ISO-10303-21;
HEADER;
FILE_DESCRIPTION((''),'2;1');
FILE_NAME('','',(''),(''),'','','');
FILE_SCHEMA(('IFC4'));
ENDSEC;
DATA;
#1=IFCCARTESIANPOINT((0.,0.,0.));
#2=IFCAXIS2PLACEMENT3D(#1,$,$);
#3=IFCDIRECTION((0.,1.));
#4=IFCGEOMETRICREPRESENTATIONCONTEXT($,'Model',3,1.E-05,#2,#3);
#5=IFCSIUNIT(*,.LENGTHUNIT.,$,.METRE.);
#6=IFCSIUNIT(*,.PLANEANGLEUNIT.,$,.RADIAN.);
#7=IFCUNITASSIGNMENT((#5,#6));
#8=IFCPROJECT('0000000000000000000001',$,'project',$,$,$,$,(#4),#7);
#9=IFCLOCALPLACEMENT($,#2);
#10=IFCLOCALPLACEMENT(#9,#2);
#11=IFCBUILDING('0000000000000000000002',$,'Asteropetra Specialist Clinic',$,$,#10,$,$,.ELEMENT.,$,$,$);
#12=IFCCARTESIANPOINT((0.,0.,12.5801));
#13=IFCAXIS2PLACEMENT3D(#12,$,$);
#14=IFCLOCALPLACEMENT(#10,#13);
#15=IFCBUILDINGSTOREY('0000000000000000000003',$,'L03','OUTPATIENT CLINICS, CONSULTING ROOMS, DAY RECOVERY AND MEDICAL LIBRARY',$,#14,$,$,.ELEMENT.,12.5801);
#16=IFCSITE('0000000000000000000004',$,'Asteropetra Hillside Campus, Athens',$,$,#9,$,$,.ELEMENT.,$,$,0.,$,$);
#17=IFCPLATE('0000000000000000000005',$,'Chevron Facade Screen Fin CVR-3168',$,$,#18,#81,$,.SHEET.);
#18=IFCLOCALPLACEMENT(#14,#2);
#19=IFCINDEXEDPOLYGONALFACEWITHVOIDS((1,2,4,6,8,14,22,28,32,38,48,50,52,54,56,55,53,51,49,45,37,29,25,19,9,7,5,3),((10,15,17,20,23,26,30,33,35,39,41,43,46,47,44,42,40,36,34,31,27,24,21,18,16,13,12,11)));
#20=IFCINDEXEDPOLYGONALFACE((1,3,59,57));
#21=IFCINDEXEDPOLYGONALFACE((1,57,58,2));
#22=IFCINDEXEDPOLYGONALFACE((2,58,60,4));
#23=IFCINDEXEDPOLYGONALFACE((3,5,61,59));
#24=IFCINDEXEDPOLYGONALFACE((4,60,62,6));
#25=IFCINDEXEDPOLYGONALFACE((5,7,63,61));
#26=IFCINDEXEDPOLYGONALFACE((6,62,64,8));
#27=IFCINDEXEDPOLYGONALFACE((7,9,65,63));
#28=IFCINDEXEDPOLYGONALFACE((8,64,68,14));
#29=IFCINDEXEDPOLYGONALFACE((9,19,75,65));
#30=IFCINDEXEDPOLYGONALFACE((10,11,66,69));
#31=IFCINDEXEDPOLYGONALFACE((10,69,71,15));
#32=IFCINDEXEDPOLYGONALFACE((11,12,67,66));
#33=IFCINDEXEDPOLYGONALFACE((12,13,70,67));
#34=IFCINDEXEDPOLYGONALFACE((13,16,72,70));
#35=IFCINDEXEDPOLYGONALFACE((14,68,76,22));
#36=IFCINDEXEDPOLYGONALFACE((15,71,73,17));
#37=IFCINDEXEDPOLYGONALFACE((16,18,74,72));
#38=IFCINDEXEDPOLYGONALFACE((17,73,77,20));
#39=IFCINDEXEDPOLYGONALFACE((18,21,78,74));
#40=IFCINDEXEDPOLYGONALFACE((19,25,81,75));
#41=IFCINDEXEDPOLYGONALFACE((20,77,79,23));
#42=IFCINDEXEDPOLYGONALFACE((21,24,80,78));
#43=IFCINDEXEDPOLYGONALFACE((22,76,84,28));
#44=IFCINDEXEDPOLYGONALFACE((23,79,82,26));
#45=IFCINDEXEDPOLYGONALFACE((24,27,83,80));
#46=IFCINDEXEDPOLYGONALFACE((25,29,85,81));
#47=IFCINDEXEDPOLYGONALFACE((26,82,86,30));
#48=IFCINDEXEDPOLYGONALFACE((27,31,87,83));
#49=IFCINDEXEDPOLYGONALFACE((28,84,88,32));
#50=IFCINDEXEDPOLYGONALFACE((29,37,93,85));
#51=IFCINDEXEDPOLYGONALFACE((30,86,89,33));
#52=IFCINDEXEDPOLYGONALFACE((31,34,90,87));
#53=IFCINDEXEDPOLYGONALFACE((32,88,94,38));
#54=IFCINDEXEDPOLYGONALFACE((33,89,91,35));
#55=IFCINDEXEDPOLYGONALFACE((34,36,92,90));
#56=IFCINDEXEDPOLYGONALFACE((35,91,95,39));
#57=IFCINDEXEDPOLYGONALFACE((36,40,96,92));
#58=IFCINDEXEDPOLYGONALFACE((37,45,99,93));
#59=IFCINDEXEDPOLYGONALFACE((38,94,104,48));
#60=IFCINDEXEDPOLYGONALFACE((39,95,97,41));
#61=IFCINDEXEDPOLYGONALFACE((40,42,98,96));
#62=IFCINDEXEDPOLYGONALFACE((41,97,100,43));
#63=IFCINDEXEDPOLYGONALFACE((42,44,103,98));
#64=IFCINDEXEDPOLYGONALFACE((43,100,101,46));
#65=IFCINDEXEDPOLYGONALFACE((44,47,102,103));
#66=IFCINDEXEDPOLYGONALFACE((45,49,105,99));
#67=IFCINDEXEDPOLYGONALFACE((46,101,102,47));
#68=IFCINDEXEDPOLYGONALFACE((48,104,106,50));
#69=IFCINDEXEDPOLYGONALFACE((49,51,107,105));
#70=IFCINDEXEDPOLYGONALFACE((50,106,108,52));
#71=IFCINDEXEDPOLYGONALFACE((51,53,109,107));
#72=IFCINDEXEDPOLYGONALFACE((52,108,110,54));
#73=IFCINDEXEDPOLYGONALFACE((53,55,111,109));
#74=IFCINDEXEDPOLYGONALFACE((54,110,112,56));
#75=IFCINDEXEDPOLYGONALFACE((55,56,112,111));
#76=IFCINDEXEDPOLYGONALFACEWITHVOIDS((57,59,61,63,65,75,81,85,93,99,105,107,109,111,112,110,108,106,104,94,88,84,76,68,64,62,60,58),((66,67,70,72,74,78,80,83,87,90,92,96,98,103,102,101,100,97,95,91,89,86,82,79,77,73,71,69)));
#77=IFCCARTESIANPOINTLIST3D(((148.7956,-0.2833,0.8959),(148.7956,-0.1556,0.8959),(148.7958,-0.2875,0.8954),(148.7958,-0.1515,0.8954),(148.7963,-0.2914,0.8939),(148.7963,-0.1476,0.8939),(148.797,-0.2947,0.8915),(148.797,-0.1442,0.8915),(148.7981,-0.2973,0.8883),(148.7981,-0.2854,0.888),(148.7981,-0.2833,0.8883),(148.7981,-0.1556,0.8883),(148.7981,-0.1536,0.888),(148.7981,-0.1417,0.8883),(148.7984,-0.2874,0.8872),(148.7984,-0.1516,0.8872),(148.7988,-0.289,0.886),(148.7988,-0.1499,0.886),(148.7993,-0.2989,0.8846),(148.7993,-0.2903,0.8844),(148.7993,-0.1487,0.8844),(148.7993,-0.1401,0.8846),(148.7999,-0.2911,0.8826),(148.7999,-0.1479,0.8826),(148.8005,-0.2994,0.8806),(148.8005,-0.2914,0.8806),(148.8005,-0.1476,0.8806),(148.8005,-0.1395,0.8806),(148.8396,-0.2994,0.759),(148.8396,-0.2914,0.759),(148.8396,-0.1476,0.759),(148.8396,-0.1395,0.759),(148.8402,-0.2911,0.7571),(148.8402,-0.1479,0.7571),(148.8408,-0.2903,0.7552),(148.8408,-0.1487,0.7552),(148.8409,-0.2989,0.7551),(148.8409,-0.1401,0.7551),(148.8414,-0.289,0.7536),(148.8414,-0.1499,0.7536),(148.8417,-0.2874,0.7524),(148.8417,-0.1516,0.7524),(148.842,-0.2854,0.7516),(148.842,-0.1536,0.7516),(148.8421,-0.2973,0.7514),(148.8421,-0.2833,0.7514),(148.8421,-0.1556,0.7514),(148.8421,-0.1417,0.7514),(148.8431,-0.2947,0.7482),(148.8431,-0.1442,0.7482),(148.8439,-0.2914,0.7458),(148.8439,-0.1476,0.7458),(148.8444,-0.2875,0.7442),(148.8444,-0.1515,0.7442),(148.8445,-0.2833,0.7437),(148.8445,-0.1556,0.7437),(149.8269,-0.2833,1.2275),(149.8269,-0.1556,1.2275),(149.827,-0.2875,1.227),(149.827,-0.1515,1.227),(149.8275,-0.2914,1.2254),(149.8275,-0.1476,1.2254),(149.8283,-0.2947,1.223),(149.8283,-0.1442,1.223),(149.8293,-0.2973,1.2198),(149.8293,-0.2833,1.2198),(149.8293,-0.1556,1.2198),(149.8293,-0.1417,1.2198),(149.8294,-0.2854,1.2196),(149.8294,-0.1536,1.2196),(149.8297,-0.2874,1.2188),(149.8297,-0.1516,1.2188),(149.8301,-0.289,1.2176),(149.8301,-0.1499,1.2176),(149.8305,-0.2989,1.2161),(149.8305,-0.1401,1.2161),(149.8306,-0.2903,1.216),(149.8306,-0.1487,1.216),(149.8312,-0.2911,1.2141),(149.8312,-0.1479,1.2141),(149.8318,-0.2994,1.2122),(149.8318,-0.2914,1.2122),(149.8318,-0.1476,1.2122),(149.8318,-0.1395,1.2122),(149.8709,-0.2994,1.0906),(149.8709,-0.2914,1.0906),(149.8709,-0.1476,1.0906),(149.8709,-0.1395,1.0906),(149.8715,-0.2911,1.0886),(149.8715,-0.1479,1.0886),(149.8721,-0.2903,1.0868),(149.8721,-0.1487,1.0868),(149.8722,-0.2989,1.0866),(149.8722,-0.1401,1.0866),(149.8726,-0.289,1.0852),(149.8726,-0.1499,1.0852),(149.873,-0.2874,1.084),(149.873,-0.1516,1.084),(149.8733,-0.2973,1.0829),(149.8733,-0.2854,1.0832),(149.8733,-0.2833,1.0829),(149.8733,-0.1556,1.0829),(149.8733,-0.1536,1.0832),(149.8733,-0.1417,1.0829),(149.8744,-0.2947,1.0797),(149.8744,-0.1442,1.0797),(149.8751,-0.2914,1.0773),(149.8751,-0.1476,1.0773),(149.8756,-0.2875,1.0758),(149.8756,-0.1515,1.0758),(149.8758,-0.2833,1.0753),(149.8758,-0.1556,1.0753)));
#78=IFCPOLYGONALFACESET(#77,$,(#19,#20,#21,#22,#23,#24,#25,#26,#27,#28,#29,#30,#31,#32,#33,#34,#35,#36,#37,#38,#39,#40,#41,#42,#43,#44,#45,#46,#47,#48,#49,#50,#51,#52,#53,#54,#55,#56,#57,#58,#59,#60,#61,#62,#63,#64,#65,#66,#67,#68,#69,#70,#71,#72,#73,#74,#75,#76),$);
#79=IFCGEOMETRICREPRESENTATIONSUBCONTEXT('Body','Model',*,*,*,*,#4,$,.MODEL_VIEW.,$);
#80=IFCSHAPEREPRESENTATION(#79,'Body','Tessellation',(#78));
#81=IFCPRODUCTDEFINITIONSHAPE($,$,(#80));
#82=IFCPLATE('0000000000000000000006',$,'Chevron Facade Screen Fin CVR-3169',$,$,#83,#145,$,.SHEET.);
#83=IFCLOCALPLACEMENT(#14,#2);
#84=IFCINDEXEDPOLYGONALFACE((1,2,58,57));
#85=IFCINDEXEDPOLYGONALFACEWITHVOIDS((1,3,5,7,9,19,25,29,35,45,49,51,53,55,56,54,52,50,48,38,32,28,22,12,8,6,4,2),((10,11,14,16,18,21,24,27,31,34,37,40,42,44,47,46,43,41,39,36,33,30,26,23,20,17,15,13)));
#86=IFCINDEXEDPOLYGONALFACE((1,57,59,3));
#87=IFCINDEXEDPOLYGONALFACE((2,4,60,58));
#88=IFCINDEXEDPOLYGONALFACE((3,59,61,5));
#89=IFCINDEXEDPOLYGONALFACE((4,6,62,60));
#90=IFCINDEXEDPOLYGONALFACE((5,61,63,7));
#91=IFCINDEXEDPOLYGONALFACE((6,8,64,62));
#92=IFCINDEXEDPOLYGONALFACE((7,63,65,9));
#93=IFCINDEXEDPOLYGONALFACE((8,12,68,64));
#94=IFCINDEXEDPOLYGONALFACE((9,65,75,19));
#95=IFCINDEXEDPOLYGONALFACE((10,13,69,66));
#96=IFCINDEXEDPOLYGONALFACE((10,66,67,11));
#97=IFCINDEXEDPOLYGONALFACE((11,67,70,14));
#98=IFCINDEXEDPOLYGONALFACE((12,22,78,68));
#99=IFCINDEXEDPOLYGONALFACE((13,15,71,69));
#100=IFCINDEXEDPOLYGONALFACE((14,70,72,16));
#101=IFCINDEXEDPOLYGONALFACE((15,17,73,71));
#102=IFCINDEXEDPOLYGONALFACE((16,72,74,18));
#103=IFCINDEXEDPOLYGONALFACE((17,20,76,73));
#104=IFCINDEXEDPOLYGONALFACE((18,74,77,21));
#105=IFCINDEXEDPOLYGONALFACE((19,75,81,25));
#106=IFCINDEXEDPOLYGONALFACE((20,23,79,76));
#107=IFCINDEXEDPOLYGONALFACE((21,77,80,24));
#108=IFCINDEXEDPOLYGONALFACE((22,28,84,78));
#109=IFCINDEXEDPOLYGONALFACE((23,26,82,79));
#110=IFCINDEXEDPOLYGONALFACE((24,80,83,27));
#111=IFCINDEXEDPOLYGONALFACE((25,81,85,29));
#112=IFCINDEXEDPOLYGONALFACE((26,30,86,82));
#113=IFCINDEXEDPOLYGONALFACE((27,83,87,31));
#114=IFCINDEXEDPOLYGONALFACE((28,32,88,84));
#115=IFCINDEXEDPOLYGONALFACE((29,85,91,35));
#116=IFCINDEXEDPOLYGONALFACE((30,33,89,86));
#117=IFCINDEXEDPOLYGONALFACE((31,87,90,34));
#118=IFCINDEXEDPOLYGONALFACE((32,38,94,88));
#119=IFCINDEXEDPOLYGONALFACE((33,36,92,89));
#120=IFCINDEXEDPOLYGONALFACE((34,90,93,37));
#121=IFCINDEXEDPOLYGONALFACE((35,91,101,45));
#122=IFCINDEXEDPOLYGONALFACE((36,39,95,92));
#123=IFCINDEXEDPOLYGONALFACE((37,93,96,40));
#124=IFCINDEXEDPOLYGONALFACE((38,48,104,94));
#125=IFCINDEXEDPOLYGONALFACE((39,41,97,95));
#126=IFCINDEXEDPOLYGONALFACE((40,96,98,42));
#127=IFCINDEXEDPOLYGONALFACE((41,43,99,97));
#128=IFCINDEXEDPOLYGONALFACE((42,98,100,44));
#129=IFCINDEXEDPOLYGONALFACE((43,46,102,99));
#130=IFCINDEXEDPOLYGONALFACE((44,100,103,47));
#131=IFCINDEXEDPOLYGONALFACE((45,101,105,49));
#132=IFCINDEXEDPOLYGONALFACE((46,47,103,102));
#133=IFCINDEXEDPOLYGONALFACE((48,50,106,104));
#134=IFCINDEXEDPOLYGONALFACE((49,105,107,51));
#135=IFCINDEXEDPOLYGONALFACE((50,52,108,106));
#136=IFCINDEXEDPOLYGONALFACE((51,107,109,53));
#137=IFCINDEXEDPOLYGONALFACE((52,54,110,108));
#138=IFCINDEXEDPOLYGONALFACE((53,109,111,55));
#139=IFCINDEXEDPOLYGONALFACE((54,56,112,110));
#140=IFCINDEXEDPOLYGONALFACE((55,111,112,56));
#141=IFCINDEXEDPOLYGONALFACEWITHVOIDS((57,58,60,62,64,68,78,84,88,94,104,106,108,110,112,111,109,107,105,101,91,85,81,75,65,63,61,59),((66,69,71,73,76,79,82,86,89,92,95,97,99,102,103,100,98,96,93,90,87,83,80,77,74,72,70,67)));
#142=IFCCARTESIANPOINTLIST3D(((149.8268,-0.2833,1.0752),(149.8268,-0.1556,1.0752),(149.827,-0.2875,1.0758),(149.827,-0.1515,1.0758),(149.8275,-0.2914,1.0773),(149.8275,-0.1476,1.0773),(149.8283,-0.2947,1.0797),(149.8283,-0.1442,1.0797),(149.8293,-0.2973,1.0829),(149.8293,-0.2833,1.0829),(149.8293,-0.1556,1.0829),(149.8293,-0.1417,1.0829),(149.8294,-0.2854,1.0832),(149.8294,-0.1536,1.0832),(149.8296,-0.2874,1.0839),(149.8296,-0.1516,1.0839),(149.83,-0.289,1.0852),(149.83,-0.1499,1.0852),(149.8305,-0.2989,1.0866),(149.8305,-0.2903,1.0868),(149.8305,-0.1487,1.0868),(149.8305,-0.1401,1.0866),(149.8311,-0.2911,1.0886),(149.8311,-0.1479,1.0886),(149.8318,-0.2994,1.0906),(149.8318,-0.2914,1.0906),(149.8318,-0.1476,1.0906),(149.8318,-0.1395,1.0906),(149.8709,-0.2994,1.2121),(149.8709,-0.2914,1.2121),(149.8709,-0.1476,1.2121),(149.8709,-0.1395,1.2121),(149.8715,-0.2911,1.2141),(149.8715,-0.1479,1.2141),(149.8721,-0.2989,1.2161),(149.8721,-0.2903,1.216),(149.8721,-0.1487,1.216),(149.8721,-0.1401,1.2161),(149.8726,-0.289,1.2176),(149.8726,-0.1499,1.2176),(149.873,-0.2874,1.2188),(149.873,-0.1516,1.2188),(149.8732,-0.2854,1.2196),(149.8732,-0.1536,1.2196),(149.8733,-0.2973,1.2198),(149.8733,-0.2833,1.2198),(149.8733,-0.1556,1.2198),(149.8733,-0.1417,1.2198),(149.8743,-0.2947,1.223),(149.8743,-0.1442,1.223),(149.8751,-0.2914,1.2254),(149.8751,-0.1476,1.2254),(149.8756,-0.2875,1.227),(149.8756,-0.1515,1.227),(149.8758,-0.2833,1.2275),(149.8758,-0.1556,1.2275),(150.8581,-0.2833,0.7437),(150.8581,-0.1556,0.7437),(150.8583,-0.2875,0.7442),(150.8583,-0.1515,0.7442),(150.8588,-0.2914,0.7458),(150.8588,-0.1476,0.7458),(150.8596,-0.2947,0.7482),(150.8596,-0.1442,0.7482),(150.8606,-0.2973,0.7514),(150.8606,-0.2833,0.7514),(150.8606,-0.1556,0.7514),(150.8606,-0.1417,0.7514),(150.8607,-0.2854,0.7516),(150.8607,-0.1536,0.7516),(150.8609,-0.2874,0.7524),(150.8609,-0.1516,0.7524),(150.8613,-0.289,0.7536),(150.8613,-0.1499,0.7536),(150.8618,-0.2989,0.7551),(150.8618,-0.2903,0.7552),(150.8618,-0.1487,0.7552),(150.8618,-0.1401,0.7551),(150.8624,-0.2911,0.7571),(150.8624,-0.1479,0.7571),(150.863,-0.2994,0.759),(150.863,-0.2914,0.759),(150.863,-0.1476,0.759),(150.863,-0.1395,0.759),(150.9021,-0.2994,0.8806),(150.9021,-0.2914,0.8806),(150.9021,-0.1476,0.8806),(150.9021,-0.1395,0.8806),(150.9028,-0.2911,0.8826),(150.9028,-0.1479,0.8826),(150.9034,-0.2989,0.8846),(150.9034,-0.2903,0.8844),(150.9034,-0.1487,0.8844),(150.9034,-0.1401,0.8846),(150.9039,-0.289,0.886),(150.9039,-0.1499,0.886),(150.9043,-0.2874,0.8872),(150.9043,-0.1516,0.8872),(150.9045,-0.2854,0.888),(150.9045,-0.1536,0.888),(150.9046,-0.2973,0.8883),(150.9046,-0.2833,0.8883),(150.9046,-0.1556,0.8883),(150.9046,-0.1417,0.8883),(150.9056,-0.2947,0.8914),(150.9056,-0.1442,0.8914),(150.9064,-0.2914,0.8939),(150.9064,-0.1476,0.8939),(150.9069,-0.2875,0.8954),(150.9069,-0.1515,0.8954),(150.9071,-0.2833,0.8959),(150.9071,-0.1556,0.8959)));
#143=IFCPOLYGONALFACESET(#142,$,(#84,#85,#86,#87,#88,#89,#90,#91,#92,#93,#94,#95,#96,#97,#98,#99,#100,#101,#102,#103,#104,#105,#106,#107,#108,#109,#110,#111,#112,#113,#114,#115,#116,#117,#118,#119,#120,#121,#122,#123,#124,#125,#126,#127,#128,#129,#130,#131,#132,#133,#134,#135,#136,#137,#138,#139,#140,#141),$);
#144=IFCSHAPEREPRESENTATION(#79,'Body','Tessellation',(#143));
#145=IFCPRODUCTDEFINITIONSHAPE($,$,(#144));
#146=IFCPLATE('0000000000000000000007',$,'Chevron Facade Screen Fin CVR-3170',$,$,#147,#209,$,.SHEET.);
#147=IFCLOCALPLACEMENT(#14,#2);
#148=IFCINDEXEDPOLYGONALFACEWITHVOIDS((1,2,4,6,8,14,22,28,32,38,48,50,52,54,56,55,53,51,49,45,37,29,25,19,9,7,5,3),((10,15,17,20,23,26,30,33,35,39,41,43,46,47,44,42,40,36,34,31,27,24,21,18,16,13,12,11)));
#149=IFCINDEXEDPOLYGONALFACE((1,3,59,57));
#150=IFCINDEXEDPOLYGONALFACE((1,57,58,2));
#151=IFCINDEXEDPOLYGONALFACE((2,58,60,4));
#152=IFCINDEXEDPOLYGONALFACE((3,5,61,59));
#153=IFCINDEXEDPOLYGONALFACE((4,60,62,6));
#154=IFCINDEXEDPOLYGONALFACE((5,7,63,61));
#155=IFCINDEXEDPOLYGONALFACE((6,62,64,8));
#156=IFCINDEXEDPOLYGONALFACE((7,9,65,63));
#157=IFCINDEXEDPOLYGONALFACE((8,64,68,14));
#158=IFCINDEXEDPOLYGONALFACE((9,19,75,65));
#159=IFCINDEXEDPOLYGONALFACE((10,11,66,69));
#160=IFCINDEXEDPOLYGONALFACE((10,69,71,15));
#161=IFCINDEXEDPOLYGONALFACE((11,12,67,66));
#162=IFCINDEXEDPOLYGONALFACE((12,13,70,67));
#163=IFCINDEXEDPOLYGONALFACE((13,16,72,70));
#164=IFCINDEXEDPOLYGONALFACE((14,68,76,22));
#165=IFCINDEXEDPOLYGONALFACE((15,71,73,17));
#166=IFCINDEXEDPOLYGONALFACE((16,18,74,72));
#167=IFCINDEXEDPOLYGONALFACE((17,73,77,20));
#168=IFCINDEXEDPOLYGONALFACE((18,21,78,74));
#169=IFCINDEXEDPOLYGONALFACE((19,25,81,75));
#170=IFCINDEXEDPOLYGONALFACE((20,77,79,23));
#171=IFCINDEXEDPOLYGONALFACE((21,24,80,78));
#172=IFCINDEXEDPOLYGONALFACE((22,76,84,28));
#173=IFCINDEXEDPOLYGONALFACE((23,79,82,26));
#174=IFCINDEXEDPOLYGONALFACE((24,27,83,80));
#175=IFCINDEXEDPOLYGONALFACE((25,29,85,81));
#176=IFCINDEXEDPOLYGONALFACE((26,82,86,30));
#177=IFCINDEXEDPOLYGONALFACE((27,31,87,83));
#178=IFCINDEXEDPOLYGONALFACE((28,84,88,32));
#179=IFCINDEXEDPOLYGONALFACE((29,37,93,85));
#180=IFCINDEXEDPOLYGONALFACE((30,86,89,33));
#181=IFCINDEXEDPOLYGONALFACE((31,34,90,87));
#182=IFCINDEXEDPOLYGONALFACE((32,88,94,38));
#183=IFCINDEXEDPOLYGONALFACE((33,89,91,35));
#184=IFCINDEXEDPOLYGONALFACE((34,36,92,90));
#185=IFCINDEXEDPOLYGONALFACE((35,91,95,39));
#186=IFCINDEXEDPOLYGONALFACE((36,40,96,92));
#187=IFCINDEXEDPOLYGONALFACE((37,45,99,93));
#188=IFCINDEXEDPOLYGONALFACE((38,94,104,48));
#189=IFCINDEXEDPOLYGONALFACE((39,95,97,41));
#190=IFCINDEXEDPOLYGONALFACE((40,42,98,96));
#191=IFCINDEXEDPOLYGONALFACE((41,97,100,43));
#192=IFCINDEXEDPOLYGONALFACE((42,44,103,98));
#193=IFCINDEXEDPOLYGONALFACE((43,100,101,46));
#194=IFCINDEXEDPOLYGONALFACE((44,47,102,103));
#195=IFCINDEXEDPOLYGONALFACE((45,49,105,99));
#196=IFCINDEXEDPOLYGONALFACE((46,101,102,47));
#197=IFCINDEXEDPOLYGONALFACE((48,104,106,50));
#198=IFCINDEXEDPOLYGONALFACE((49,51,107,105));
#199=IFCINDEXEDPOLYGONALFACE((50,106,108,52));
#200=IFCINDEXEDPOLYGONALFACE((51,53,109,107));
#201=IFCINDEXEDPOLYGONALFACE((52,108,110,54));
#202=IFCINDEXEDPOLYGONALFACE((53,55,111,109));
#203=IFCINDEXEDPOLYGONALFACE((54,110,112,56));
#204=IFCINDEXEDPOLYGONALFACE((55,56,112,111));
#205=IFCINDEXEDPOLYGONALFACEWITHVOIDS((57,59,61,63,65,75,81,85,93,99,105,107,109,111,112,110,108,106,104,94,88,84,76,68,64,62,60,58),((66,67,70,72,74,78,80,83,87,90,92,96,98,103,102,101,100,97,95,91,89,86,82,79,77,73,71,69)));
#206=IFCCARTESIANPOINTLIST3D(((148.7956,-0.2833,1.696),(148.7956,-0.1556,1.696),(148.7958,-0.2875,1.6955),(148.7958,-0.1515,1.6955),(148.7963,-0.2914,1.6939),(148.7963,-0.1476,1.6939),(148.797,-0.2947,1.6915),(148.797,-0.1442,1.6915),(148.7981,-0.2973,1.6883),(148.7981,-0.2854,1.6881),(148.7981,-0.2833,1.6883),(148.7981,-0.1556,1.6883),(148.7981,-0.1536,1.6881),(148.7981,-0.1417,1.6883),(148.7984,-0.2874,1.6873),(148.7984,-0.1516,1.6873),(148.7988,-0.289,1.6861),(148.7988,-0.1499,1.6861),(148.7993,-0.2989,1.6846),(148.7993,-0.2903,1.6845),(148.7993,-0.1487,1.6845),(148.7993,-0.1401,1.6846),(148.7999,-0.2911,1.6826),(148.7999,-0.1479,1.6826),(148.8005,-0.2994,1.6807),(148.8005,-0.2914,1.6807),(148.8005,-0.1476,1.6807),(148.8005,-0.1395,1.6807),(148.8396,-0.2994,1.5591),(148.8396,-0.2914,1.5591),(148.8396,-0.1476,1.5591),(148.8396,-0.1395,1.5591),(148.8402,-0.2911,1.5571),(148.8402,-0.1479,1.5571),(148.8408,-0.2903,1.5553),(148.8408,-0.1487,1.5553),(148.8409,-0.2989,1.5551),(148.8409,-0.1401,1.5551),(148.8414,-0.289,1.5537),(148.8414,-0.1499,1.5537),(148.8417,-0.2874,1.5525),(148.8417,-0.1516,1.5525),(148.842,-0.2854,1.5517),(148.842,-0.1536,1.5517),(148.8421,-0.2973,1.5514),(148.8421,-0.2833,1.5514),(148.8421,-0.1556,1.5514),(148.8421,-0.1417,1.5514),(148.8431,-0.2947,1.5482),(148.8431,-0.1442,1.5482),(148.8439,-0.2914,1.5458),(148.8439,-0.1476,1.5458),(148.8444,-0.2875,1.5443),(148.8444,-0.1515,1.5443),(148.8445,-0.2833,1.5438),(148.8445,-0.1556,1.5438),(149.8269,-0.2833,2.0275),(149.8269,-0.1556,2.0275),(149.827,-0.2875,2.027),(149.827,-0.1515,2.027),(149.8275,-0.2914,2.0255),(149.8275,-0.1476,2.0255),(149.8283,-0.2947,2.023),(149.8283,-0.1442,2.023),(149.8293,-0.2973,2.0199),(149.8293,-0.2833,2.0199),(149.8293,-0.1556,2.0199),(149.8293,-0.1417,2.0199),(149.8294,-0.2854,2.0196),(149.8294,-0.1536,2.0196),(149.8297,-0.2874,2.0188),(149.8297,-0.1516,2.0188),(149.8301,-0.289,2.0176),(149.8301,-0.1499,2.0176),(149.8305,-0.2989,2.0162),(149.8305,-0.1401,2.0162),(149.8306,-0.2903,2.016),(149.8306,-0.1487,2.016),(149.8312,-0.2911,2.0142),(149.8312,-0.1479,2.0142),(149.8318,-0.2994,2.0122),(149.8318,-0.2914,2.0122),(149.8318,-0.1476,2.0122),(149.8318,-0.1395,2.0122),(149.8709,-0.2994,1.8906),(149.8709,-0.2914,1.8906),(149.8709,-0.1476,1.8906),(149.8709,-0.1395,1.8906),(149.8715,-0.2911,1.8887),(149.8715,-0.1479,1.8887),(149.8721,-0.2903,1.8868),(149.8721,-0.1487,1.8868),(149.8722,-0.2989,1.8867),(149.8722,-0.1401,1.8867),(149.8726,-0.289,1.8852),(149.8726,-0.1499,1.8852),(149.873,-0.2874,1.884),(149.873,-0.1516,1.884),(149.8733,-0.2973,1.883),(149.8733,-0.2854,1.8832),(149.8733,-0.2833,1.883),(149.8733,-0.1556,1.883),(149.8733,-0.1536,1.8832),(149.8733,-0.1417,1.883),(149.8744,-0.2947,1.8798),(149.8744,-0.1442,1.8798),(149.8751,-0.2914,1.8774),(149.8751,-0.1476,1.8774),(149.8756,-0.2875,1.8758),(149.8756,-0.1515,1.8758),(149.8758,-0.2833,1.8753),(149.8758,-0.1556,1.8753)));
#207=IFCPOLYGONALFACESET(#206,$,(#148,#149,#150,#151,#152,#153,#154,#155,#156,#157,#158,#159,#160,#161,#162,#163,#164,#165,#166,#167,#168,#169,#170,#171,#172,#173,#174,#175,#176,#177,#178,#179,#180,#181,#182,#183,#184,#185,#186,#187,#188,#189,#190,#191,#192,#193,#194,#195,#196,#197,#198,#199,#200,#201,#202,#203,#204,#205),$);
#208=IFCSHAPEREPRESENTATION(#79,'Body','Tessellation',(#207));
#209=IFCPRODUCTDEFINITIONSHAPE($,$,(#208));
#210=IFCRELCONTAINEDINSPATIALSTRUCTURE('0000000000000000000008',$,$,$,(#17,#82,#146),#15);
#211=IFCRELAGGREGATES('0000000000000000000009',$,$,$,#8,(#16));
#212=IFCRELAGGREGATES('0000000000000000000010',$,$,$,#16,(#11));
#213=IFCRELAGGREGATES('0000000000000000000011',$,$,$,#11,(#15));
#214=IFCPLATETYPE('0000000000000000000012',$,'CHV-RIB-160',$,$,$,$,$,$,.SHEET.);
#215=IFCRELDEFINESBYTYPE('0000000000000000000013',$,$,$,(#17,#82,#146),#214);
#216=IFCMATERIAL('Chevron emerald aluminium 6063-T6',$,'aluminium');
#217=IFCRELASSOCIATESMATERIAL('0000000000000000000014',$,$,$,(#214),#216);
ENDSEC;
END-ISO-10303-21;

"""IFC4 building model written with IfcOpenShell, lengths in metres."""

from ifc_helpers import new_model, si_unit, direction, frame, origin, origin_2d, place, context, subcontext, project, spatial, hollow_rectangle, extrude, material, material_profile, profile_set, type_object, element, save


model = new_model("IFC4")

# Units and contexts
model_context = context("Model", 3, precision=1e-05, world=origin(), true_north=direction((0.0, 1.0)))
body_context = subcontext(model_context, "Body", "Model", "MODEL_VIEW")
ifc_project = project(units=[si_unit("LENGTHUNIT", "METRE"), si_unit("PLANEANGLEUNIT", "RADIAN")], contexts=[model_context])

# Site, building, storey
site_placement = place(None, origin())
site = spatial("IfcSite", under=ifc_project, at=site_placement, Name="Asteropetra Hillside Campus, Athens", CompositionType="ELEMENT", RefElevation=0.0)
building_placement = place(site_placement, origin())
building = spatial("IfcBuilding", under=site, at=building_placement, Name="Asteropetra Specialist Clinic", CompositionType="ELEMENT")
storey_placement = place(building_placement, frame((0.0, 0.0, 12.5801)))
storey = spatial("IfcBuildingStorey", under=building, at=storey_placement, Name="L03", Description="OUTPATIENT CLINICS, CONSULTING ROOMS, DAY RECOVERY AND MEDICAL LIBRARY", CompositionType="ELEMENT", Elevation=12.5801)

# Plates
ifc_material_1 = material(Name="Chevron emerald aluminium 6063-T6", Category="aluminium")
ifc_material_profile = material_profile(ifc_material_1, hollow_rectangle(XDim=0.1599, YDim=0.1599, WallThickness=0.0081, InnerFilletRadius=0.0081, OuterFilletRadius=0.0161, at=origin_2d()), Name="SHS 160x160x8.0")
ifc_profile_set = profile_set([ifc_material_profile], Name="Chevron emerald aluminium 6063-T6")
plate_type_1 = type_object("IfcPlateType", Name="CHV-RIB-160", PredefinedType="SHEET", material=ifc_profile_set)
for number, where, z_axis, x_axis, name in (
    (1, (148.8201, -0.2195, 0.8198), (0.95201, 0.0, 0.306068), (0.0, 1.0, 0.0), "Chevron Facade Screen Fin CVR-3168"),
    (2, (149.8513, -0.2195, 1.1514), (0.95201, 0.0, -0.306068), (0.0, 1.0, 0.0), "Chevron Facade Screen Fin CVR-3169"),
    (3, (148.8201, -0.2195, 1.6199), (0.95201, 0.0, 0.306068), (0.0, 1.0, 0.0), "Chevron Facade Screen Fin CVR-3170"),
):
    element("IfcPlate", number, at=place(storey_placement, frame(where, z_axis=z_axis, x_axis=x_axis)), inside=storey, type_object=plate_type_1, Name=name, PredefinedType="SHEET", context=body_context, shape_type="SweptSolid", body=[
        extrude(hollow_rectangle(XDim=0.1599, YDim=0.1599, WallThickness=0.0081, InnerFilletRadius=0.0081, OuterFilletRadius=0.0161, at=origin_2d()), origin(), (0.0, 0.0, 1.0), 1.0833),
    ])

save(model, "model.ifc")
